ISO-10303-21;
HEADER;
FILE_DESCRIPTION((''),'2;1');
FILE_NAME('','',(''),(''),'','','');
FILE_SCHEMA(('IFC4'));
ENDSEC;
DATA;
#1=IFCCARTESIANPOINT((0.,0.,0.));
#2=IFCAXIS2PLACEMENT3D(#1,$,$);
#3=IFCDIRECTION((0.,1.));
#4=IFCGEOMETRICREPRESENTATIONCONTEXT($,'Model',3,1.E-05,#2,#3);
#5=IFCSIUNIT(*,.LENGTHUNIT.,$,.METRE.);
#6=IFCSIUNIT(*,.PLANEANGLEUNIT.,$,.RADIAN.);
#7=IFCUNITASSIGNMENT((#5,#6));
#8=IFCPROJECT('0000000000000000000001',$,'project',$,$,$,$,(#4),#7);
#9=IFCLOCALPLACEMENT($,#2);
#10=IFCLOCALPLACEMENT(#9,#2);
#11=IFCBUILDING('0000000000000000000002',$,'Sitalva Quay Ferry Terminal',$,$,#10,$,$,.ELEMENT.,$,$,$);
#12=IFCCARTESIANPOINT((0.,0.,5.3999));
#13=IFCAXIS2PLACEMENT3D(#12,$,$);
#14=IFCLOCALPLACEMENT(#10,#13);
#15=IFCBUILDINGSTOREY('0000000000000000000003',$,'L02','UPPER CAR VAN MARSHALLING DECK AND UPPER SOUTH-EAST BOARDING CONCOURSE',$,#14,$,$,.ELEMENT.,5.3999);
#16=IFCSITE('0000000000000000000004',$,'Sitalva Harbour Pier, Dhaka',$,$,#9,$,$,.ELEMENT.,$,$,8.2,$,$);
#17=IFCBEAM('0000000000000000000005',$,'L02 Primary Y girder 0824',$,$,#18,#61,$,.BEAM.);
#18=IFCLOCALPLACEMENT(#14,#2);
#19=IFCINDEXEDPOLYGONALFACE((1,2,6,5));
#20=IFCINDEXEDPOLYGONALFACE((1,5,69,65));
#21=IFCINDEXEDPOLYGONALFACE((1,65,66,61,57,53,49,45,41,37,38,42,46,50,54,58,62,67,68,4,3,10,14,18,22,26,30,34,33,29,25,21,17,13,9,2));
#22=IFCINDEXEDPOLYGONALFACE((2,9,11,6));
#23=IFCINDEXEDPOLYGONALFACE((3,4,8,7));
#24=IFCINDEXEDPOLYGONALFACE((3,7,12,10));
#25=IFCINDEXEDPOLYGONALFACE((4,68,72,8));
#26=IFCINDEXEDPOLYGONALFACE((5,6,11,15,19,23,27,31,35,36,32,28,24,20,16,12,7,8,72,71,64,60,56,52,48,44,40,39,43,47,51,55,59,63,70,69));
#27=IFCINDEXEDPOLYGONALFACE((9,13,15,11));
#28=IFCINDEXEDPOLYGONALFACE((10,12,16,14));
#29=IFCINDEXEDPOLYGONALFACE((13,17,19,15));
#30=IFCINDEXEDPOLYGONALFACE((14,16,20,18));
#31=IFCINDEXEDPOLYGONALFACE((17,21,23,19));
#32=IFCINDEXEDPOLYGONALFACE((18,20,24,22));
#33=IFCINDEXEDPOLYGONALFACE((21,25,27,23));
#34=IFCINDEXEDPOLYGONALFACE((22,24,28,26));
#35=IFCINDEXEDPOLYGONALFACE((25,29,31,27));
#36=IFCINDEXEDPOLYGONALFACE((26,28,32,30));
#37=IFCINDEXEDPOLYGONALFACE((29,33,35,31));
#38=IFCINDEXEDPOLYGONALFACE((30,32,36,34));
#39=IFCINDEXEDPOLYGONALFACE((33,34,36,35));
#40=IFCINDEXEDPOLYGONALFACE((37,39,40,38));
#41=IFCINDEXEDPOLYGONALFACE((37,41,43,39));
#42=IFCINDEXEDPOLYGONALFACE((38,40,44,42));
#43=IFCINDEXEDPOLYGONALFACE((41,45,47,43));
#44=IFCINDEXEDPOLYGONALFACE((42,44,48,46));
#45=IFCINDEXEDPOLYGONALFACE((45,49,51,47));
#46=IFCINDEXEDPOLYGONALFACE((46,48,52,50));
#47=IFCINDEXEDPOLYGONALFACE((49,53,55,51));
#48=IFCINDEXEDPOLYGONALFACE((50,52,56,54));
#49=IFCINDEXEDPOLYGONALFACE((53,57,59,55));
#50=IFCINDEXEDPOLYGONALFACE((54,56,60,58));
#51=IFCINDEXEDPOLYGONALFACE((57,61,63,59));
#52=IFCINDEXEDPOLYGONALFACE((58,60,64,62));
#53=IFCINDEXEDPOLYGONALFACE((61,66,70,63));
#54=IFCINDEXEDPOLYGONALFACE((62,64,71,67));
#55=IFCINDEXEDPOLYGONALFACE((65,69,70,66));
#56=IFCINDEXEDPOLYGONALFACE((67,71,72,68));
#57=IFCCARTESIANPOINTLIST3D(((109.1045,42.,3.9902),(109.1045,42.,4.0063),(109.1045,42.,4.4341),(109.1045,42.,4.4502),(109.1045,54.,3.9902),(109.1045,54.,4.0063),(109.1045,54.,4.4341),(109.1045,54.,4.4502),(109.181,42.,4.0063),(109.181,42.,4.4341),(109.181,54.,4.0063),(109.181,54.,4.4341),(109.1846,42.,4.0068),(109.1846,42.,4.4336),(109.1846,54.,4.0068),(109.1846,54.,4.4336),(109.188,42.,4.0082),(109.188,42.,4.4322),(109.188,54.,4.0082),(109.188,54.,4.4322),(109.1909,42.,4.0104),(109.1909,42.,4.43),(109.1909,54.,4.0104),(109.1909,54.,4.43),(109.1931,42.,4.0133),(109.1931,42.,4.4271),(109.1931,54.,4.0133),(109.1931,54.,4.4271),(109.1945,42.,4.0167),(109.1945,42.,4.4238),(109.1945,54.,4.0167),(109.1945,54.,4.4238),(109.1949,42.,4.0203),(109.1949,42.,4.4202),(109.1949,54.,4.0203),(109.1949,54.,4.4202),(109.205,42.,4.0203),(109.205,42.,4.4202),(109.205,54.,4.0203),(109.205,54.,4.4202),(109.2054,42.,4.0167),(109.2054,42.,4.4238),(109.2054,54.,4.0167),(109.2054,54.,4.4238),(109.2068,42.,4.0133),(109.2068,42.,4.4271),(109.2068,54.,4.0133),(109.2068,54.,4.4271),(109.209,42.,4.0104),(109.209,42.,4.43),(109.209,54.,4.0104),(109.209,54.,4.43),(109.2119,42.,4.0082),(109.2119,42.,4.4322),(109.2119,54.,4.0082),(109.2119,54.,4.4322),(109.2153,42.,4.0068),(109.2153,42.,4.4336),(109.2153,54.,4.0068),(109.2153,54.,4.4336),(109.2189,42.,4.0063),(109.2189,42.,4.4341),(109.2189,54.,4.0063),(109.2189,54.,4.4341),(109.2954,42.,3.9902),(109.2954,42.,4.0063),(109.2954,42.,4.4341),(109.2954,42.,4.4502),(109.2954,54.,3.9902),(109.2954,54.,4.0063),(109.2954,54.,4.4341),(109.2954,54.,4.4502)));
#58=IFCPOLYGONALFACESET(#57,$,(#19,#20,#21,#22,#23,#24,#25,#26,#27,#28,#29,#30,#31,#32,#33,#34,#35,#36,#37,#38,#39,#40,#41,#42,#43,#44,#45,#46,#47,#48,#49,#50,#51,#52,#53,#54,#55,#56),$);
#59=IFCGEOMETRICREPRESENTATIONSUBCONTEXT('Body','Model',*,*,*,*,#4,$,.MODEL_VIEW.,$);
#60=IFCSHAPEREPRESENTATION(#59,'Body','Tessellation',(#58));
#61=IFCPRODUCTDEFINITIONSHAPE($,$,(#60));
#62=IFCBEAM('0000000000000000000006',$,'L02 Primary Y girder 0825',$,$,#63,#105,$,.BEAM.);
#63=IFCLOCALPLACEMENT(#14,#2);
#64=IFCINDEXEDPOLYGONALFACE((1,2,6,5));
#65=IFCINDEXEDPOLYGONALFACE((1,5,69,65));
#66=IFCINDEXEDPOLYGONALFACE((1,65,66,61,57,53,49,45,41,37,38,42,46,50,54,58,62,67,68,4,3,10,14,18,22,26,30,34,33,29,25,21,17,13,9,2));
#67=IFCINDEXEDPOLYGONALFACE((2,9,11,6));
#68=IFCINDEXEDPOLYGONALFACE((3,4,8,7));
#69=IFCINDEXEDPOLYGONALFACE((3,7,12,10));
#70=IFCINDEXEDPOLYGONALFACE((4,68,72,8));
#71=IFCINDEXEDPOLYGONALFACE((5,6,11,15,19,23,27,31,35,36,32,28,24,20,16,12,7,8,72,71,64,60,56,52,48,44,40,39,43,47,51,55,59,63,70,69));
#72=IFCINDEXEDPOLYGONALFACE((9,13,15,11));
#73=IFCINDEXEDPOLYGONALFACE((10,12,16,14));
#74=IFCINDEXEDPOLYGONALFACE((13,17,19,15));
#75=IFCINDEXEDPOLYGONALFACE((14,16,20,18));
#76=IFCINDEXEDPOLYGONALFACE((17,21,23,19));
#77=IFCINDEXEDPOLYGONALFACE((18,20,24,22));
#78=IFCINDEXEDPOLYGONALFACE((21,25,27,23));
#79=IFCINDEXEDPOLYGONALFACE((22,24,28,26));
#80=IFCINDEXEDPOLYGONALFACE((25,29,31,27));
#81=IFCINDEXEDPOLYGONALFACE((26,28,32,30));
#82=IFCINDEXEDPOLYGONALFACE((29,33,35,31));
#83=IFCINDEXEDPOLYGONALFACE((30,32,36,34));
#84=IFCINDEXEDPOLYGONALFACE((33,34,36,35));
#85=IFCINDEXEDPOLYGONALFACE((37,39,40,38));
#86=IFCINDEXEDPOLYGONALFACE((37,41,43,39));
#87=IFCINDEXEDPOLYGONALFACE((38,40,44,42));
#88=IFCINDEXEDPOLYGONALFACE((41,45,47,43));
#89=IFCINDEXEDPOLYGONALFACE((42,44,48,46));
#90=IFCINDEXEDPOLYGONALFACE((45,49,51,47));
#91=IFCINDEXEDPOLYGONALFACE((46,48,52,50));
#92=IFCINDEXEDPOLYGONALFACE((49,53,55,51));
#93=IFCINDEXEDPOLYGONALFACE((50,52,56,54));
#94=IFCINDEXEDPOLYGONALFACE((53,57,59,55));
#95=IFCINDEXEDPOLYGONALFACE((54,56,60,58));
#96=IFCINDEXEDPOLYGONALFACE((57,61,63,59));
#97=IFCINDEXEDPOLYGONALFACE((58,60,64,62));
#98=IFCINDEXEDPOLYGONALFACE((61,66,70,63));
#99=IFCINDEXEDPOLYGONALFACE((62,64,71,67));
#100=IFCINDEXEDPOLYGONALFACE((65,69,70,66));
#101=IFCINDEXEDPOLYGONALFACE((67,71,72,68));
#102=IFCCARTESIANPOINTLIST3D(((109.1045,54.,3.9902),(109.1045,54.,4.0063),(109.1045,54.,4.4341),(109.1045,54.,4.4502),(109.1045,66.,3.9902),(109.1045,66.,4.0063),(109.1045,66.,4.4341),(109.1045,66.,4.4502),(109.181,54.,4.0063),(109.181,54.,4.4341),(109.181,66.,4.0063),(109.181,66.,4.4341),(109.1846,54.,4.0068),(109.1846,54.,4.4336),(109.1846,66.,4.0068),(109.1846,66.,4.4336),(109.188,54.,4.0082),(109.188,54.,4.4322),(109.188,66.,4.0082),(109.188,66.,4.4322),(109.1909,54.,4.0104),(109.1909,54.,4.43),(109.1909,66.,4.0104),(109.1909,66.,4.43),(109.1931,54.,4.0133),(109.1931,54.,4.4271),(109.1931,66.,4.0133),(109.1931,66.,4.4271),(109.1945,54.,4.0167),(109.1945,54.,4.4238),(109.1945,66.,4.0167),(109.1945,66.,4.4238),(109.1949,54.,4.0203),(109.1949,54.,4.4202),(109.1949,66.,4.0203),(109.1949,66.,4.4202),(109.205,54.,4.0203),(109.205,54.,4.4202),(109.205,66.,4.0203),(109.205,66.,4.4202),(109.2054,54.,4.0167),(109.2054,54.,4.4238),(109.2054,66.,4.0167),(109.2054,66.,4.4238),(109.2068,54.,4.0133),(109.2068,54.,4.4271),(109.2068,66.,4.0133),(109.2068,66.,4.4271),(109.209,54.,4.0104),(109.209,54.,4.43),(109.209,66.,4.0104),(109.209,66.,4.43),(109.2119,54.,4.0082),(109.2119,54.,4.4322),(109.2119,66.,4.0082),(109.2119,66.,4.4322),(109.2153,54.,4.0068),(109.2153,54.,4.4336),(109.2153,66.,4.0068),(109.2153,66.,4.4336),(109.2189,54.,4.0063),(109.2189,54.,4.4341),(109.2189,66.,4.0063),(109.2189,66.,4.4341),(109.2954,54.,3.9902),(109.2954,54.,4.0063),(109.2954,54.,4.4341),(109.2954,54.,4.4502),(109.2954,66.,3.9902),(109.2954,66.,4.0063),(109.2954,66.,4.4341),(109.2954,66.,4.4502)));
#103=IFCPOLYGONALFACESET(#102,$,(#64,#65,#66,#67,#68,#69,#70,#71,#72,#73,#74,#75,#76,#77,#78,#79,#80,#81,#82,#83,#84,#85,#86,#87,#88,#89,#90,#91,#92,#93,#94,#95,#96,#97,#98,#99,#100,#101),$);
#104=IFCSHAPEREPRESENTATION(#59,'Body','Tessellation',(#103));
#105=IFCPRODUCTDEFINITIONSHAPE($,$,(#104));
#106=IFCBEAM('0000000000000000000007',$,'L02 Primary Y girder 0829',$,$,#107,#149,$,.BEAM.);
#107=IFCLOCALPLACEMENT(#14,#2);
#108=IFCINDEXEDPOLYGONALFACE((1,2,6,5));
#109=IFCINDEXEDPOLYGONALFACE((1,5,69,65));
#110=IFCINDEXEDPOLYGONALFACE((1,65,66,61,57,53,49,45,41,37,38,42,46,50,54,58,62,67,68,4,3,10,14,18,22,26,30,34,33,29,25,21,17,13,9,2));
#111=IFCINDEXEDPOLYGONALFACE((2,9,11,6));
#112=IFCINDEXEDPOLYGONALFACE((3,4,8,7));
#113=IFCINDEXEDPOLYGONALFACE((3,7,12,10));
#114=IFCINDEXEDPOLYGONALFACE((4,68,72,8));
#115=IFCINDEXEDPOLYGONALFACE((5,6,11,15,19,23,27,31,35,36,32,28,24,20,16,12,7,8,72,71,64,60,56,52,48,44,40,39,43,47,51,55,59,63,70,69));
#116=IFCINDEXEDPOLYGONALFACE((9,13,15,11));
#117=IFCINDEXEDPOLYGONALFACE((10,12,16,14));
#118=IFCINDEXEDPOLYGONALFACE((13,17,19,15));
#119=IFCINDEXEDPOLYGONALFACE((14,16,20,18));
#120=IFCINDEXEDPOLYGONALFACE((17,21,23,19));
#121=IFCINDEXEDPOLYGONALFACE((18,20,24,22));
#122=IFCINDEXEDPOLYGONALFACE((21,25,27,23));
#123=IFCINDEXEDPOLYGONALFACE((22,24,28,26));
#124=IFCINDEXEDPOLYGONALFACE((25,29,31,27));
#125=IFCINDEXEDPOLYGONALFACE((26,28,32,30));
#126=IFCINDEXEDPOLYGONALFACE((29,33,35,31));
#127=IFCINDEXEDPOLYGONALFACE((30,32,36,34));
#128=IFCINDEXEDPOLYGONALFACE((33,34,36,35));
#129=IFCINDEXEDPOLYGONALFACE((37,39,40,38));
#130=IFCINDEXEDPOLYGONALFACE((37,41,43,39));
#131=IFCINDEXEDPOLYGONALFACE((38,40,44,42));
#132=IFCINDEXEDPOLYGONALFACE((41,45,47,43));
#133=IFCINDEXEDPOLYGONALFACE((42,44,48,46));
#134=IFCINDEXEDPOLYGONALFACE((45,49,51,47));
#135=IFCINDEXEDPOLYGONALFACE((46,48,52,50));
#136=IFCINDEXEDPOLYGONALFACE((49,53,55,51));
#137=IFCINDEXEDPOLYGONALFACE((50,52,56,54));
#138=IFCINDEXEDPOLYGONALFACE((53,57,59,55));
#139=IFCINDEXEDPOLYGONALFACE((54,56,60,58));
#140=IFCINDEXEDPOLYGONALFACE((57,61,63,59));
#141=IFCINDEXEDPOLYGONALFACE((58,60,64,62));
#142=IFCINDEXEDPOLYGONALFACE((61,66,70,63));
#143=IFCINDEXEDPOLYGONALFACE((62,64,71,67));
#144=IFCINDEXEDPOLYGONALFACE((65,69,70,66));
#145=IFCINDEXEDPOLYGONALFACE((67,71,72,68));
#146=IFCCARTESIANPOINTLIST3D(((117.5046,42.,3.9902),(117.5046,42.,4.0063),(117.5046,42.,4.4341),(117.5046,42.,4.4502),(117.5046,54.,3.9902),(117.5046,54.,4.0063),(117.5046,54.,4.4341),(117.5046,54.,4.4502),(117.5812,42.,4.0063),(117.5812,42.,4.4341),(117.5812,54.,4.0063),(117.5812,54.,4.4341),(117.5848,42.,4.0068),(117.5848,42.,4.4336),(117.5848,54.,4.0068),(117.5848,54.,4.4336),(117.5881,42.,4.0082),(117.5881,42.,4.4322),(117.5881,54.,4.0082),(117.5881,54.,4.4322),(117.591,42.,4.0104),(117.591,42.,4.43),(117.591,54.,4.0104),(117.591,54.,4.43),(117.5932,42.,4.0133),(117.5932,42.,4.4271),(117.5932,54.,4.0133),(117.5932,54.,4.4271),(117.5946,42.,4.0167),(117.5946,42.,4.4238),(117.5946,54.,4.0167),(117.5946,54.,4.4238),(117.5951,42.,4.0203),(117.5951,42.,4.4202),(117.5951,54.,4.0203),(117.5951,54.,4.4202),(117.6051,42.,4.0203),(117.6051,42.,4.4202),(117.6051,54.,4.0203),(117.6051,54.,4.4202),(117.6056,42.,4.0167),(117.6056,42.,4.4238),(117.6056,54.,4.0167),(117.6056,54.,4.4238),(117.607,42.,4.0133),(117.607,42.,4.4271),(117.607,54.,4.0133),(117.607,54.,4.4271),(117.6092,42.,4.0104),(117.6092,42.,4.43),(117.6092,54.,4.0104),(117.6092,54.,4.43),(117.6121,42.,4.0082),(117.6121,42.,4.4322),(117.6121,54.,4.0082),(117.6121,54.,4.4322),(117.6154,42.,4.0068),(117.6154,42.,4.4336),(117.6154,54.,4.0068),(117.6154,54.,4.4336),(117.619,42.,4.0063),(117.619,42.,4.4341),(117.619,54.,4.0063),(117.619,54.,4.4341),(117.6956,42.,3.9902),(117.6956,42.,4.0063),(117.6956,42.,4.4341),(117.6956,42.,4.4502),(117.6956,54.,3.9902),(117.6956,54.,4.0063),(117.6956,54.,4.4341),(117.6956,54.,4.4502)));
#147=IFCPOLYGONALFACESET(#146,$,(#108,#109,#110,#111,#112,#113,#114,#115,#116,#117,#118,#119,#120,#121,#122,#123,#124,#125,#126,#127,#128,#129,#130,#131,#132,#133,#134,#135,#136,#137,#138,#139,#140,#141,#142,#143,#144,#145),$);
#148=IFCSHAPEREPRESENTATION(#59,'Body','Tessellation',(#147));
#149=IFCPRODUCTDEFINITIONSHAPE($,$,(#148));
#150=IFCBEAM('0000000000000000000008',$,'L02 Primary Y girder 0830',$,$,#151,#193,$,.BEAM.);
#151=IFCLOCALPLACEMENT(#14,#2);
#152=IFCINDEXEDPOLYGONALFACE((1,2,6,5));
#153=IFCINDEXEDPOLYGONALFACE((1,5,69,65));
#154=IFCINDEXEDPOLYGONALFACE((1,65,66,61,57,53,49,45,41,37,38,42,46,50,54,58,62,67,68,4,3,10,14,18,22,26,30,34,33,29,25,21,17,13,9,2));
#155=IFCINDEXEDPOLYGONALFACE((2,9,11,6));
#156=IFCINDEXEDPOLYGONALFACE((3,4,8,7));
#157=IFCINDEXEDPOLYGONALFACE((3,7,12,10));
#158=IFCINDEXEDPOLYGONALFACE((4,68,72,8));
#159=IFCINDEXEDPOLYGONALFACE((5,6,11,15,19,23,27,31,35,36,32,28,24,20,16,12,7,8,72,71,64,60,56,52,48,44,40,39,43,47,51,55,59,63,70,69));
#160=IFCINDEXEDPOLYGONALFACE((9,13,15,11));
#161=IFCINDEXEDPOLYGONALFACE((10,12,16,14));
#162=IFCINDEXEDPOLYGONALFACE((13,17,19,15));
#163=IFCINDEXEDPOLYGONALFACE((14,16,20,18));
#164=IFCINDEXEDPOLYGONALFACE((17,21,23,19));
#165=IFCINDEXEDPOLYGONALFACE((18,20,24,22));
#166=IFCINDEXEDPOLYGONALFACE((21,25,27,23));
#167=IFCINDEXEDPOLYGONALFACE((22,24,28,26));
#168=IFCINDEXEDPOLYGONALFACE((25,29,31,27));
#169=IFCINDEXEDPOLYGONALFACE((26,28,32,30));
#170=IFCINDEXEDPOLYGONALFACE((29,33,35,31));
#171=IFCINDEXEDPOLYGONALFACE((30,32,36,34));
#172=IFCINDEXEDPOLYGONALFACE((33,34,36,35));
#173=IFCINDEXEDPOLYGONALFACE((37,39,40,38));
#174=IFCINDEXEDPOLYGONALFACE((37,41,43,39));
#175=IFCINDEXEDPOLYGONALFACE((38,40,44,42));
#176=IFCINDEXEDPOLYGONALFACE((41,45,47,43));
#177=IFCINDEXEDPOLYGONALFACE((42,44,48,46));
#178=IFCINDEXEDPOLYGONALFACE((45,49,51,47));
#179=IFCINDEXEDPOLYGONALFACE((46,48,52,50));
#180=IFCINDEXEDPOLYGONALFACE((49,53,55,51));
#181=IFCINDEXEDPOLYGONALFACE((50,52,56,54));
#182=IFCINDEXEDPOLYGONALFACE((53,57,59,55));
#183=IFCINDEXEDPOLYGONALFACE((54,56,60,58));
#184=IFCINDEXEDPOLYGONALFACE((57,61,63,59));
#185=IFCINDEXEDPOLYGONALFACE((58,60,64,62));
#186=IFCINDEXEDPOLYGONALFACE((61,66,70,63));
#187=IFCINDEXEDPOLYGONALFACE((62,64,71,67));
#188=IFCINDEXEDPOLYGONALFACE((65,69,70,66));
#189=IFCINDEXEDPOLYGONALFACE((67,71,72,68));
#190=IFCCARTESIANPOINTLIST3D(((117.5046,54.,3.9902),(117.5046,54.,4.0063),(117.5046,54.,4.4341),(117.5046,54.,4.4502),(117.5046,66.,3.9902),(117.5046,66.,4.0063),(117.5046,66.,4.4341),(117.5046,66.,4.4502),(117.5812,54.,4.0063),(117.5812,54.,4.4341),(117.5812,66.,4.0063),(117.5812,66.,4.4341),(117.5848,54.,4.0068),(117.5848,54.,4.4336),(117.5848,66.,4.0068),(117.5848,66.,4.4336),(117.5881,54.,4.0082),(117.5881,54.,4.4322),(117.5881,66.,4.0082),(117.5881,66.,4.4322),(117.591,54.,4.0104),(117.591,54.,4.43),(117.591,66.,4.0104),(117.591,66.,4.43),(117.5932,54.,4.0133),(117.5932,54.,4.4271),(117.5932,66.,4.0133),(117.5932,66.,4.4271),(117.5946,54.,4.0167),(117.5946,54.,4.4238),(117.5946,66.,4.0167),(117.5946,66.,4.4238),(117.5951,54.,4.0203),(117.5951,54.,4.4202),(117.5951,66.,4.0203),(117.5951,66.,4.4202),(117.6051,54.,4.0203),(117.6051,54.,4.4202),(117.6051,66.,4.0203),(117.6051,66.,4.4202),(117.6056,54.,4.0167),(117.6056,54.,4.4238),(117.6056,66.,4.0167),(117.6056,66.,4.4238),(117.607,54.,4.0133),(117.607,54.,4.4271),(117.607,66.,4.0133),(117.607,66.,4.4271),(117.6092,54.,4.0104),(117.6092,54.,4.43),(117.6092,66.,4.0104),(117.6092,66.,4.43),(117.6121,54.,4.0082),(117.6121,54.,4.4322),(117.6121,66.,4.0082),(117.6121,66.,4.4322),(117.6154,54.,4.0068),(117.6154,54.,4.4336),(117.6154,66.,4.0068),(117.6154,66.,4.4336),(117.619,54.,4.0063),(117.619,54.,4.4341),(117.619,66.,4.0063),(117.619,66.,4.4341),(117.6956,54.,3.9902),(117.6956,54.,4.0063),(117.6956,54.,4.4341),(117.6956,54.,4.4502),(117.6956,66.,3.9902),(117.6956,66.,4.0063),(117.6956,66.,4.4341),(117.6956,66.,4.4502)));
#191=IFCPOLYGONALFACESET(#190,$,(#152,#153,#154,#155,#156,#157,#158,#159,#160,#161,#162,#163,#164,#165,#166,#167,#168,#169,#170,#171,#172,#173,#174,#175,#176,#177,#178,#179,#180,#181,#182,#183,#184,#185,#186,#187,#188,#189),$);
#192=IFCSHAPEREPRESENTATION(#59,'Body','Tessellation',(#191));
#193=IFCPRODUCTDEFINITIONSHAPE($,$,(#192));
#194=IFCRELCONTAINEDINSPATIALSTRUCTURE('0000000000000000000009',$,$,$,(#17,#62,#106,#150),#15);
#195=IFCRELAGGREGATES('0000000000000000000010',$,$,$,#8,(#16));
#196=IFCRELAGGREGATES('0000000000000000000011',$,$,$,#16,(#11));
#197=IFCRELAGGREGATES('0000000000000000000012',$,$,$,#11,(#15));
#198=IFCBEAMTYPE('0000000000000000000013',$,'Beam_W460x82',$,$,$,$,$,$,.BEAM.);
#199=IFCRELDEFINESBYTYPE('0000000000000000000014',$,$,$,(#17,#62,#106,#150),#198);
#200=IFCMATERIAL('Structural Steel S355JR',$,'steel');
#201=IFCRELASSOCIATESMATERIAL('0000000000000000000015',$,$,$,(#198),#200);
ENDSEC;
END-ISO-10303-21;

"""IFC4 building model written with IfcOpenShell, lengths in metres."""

from ifc_helpers import new_model, si_unit, direction, frame, origin, origin_2d, place, context, subcontext, project, spatial, i_section, extrude, material, material_profile, profile_set, type_object, element, save


model = new_model("IFC4")

# Units and contexts
model_context = context("Model", 3, precision=1e-05, world=origin(), true_north=direction((0.0, 1.0)))
body_context = subcontext(model_context, "Body", "Model", "MODEL_VIEW")
ifc_project = project(units=[si_unit("LENGTHUNIT", "METRE"), si_unit("PLANEANGLEUNIT", "RADIAN")], contexts=[model_context])

# Site, building, storey
site_placement = place(None, origin())
site = spatial("IfcSite", under=ifc_project, at=site_placement, Name="Sitalva Harbour Pier, Dhaka", CompositionType="ELEMENT", RefElevation=8.2)
building_placement = place(site_placement, origin())
building = spatial("IfcBuilding", under=site, at=building_placement, Name="Sitalva Quay Ferry Terminal", CompositionType="ELEMENT")
storey_placement = place(building_placement, frame((0.0, 0.0, 5.3999)))
storey = spatial("IfcBuildingStorey", under=building, at=storey_placement, Name="L02", Description="UPPER CAR VAN MARSHALLING DECK AND UPPER SOUTH-EAST BOARDING CONCOURSE", CompositionType="ELEMENT", Elevation=5.3999)

# Beams
ifc_material_1 = material(Name="Structural Steel S355JR", Category="steel")
ifc_material_profile_1 = material_profile(ifc_material_1, i_section(OverallWidth=0.1909, OverallDepth=0.46, WebThickness=0.01, FlangeThickness=0.0161, FilletRadius=0.0139, at=origin_2d()), Name="W460x82")
ifc_profile_set_1 = profile_set([ifc_material_profile_1], Name="Structural Steel S355JR")
beam_type_1 = type_object("IfcBeamType", Name="Beam_W460x82", PredefinedType="BEAM", material=ifc_profile_set_1)
for number, where, z_axis, x_axis, name in (
    (1, (109.2, 42.0, 4.2202), (0.0, 1.0, 0.0), (-1.0, 0.0, 0.0), "L02 Primary Y girder 0824"),
    (2, (109.2, 54.0, 4.2202), (0.0, 1.0, 0.0), (-1.0, 0.0, 0.0), "L02 Primary Y girder 0825"),
    (3, (117.6001, 42.0, 4.2202), (0.0, 1.0, 0.0), (-1.0, 0.0, 0.0), "L02 Primary Y girder 0829"),
    (4, (117.6001, 54.0, 4.2202), (0.0, 1.0, 0.0), (-1.0, 0.0, 0.0), "L02 Primary Y girder 0830"),
):
    element("IfcBeam", number, at=place(storey_placement, frame(where, z_axis=z_axis, x_axis=x_axis)), inside=storey, type_object=beam_type_1, Name=name, PredefinedType="BEAM", context=body_context, shape_type="SweptSolid", body=[
        extrude(i_section(OverallWidth=0.1909, OverallDepth=0.46, WebThickness=0.01, FlangeThickness=0.0161, FilletRadius=0.0139, at=origin_2d()), origin(), (0.0, 0.0, 1.0), 12.0),
    ])

save(model, "model.ifc")
